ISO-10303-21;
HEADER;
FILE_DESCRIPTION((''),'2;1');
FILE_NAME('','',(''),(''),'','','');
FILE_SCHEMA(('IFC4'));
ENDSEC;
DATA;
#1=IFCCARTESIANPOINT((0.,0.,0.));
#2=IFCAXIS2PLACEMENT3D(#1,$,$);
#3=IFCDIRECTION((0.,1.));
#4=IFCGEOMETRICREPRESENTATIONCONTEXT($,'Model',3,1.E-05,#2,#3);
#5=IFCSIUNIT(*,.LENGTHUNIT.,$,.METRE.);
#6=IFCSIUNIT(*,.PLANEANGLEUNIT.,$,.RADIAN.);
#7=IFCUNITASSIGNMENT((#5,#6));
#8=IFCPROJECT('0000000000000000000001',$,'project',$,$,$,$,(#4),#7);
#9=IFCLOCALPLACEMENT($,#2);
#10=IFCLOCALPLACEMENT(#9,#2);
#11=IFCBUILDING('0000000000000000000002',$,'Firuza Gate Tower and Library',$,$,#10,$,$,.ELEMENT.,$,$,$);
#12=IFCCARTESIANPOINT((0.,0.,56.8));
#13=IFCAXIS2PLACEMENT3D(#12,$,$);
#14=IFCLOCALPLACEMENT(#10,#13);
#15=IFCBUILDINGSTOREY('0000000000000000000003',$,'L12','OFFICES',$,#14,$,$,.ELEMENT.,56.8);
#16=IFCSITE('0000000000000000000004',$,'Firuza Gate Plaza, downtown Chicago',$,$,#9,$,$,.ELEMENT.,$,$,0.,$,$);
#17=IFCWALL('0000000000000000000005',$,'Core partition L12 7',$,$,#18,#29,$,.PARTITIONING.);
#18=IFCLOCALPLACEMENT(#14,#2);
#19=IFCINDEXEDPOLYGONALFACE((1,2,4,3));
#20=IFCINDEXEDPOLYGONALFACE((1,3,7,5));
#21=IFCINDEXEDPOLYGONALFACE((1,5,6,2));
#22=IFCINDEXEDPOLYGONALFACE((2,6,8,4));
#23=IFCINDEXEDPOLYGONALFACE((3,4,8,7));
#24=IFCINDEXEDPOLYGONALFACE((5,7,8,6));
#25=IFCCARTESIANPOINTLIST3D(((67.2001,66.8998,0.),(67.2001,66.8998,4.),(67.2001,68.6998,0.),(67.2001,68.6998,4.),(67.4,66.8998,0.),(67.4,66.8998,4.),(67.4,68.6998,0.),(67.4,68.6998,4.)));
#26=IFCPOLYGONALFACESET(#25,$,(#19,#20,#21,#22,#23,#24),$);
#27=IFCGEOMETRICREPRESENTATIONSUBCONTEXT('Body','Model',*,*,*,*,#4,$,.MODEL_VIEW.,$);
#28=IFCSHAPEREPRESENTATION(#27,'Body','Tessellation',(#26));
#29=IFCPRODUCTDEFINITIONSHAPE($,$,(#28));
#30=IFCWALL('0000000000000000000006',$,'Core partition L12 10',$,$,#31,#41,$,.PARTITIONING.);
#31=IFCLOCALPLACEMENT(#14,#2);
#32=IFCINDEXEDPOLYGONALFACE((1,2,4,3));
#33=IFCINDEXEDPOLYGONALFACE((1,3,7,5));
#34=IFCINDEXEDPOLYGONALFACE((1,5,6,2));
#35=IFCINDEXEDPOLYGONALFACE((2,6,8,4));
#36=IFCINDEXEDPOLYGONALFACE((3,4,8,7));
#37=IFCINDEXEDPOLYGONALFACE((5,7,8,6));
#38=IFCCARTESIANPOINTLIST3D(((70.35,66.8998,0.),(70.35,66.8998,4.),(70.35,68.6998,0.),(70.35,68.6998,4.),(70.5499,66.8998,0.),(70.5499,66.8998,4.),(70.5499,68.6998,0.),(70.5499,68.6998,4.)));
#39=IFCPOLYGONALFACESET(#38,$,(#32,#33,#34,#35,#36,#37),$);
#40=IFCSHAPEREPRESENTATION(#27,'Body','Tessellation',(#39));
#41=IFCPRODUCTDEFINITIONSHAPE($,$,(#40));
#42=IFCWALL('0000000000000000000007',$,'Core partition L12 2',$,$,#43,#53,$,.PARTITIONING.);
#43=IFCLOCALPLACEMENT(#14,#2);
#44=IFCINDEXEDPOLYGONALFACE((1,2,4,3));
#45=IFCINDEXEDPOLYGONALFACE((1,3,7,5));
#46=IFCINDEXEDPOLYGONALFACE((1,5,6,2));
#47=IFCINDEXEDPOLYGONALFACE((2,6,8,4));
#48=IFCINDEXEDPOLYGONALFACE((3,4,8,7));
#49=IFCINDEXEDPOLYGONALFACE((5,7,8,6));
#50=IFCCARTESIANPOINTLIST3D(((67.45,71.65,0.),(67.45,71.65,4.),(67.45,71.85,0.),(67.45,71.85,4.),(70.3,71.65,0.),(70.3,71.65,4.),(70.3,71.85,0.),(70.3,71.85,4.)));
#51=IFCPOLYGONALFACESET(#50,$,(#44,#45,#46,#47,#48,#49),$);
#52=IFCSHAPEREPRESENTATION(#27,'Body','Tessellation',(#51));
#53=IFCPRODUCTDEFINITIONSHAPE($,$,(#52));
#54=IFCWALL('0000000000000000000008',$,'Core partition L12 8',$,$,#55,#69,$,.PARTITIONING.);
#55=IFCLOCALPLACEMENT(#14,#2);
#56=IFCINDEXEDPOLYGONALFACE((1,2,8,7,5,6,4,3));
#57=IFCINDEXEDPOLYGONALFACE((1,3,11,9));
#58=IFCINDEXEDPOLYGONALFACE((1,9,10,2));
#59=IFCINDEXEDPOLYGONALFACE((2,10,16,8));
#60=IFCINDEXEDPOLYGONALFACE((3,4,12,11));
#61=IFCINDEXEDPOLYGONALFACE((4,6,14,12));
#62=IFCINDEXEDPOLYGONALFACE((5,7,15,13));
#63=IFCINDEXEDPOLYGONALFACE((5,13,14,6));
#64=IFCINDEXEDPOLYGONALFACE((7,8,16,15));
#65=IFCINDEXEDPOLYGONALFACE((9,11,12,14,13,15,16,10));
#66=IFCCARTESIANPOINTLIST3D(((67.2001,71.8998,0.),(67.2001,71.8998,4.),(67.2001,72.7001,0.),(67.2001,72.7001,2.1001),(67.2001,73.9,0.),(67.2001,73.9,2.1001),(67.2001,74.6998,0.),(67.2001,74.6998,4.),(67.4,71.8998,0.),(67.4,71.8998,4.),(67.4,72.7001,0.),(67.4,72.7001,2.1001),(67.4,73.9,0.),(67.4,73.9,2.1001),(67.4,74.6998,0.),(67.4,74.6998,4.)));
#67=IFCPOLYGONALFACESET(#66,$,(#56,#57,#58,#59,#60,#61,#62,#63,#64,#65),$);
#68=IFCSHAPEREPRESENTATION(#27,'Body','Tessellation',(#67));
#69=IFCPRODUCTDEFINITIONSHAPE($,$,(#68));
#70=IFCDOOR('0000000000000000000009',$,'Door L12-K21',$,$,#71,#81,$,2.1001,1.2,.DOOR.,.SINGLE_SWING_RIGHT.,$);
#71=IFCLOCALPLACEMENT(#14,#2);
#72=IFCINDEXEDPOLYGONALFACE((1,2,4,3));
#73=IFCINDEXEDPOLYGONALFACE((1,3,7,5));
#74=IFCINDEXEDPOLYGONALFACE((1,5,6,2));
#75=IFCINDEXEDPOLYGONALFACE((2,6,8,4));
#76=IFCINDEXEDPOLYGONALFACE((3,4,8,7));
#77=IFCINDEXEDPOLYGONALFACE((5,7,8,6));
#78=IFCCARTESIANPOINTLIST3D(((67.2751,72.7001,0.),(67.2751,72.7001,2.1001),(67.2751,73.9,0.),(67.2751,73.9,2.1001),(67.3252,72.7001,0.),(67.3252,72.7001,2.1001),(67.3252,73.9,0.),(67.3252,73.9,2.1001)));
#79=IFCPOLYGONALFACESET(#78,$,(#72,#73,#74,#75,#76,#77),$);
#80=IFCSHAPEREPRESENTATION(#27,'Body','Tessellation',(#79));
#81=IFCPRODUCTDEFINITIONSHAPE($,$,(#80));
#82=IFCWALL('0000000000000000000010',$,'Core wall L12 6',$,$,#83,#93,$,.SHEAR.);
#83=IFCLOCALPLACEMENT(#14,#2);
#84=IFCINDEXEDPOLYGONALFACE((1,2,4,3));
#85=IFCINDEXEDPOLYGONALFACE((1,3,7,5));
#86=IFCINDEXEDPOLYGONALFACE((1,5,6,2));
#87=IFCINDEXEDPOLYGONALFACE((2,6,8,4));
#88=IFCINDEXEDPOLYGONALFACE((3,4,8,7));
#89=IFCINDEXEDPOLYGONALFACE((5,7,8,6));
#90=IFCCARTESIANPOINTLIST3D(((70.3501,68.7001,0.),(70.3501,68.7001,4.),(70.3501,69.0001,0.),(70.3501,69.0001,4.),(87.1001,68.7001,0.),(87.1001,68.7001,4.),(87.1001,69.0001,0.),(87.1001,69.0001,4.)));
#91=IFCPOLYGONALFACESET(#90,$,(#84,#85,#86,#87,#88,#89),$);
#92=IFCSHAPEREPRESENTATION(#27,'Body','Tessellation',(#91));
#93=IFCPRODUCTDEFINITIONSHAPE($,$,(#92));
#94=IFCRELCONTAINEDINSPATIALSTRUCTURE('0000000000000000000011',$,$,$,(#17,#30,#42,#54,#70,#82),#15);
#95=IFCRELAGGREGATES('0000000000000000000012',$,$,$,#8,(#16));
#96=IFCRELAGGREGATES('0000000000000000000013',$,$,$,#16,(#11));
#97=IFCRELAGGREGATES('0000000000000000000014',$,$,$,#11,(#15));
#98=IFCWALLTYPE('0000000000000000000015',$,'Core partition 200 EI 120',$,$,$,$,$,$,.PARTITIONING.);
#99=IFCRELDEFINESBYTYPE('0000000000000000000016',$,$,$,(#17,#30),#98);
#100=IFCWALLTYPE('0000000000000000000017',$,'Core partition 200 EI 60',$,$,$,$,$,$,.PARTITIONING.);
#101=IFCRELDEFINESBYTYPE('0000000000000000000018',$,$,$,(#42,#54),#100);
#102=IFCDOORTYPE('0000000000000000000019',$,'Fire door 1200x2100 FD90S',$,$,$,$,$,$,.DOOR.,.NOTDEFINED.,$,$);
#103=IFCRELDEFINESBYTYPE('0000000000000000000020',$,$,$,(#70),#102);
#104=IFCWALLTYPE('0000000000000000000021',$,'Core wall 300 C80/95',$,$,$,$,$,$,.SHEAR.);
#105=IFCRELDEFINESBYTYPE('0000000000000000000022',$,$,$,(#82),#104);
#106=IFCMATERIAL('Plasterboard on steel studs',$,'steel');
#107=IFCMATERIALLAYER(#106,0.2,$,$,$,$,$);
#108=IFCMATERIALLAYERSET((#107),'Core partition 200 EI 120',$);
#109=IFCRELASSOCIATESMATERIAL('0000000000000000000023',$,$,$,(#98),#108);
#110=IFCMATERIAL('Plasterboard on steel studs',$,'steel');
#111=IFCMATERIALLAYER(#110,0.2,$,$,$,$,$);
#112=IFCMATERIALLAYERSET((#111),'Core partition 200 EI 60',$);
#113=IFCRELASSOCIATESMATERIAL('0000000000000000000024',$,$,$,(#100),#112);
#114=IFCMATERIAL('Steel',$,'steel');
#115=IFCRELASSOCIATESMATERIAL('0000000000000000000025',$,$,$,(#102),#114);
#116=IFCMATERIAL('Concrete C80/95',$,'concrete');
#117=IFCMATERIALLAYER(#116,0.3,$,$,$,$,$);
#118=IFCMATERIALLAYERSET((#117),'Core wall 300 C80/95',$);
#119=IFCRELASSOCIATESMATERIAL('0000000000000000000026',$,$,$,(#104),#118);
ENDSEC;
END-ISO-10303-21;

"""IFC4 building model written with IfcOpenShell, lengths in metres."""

from ifc_helpers import new_model, si_unit, direction, frame, frame_2d, origin, place, context, subcontext, project, spatial, rectangle, extrude, material, layer, layer_set, type_object, element, fill, save


model = new_model("IFC4")

# Units and contexts
model_context = context("Model", 3, precision=1e-05, world=origin(), true_north=direction((0.0, 1.0)))
body_context = subcontext(model_context, "Body", "Model", "MODEL_VIEW")
ifc_project = project(units=[si_unit("LENGTHUNIT", "METRE"), si_unit("PLANEANGLEUNIT", "RADIAN")], contexts=[model_context])

# Site, building, storey
site_placement = place(None, origin())
site = spatial("IfcSite", under=ifc_project, at=site_placement, Name="Firuza Gate Plaza, downtown Chicago", CompositionType="ELEMENT", RefElevation=0.0)
building_placement = place(site_placement, origin())
building = spatial("IfcBuilding", under=site, at=building_placement, Name="Firuza Gate Tower and Library", CompositionType="ELEMENT")
storey_placement = place(building_placement, frame((0.0, 0.0, 56.8)))
storey = spatial("IfcBuildingStorey", under=building, at=storey_placement, Name="L12", Description="OFFICES", CompositionType="ELEMENT", Elevation=56.8)

# Walls
ifc_material_1 = material(Name="Plasterboard on steel studs", Category="steel")
ifc_layer_1 = layer(ifc_material_1, 0.2)
ifc_layer_set_1 = layer_set([ifc_layer_1], Name="Core partition 200 EI 120")
wall_type_1 = type_object("IfcWallType", Name="Core partition 200 EI 120", PredefinedType="PARTITIONING", material=ifc_layer_set_1)
for number, where, z_axis, x_axis, name in (
    (1, (67.3, 66.8999, 0.0), (0.0, 0.0, 1.0), (0.0, 1.0, 0.0), "Core partition L12 7"),
    (2, (70.45, 66.8999, 0.0), (0.0, 0.0, 1.0), (0.0, 1.0, 0.0), "Core partition L12 10"),
):
    element("IfcWall", number, at=place(storey_placement, frame(where, z_axis=z_axis, x_axis=x_axis)), inside=storey, type_object=wall_type_1, Name=name, PredefinedType="PARTITIONING", context=body_context, shape_type="SweptSolid", body=[
        extrude(rectangle(XDim=1.8, YDim=0.2, at=frame_2d((0.8999, 0.0))), origin(), (0.0, 0.0, 1.0), 4.0),
    ])
ifc_material_2 = material(Name="Plasterboard on steel studs", Category="steel")
ifc_layer_2 = layer(ifc_material_2, 0.2)
ifc_layer_set_2 = layer_set([ifc_layer_2], Name="Core partition 200 EI 60")
wall_type_2 = type_object("IfcWallType", Name="Core partition 200 EI 60", PredefinedType="PARTITIONING", material=ifc_layer_set_2)
wall_1_placement = place(storey_placement, frame((67.45, 71.75, 0.0), z_axis=(0.0, 0.0, 1.0), x_axis=(1.0, 0.0, 0.0)))
element("IfcWall", 3, at=wall_1_placement, inside=storey, type_object=wall_type_2, Name="Core partition L12 2", PredefinedType="PARTITIONING", context=body_context, shape_type="SweptSolid", body=[
    extrude(rectangle(XDim=2.8501, YDim=0.2, at=frame_2d((1.425, 0.0))), origin(), (0.0, 0.0, 1.0), 4.0),
])

# Wall, opening, door
wall_2_placement = place(storey_placement, frame((67.3, 71.8999, 0.0), z_axis=(0.0, 0.0, 1.0), x_axis=(0.0, 1.0, 0.0)))
wall_2 = element("IfcWall", 4, at=wall_2_placement, inside=storey, type_object=wall_type_2, Name="Core partition L12 8", PredefinedType="PARTITIONING", context=body_context, shape_type="SweptSolid", body=[
    extrude(rectangle(XDim=2.8, YDim=0.2, at=frame_2d((1.3999, 0.0))), origin(), (0.0, 0.0, 1.0), 4.0),
])
opening_1_placement = place(wall_2_placement, frame((0.8, 0.0, 0.0)))
opening_1 = element("IfcOpeningElement", 5, at=opening_1_placement, cuts=wall_2, PredefinedType="OPENING", context=body_context, shape_type="SweptSolid", body=[
    extrude(rectangle(XDim=1.2, YDim=2.1001, at=frame_2d((0.6001, 1.05))), frame((0.0, 0.1099, 0.0), z_axis=(0.0, -1.0, 0.0), x_axis=(1.0, 0.0, 0.0)), (0.0, 0.0, 1.0), 0.22),
])
ifc_material_3 = material(Name="Steel", Category="steel")
door_type_1 = type_object("IfcDoorType", Name="Fire door 1200x2100 FD90S", OperationType="NOTDEFINED", PredefinedType="DOOR", material=ifc_material_3)
door_1_placement = place(opening_1_placement, origin())
door_1 = element("IfcDoor", 6, at=door_1_placement, inside=storey, type_object=door_type_1, Name="Door L12-K21", OperationType="SINGLE_SWING_RIGHT", OverallHeight=2.1001, OverallWidth=1.2, PredefinedType="DOOR", context=body_context, shape_type="SweptSolid", body=[
    extrude(rectangle(XDim=1.2, YDim=2.1001, at=frame_2d((0.6001, 1.05))), frame((0.0, 0.0249, 0.0), z_axis=(0.0, -1.0, 0.0), x_axis=(1.0, 0.0, 0.0)), (0.0, 0.0, 1.0), 0.05),
])
fill(opening_1, door_1)

# Wall
ifc_material_4 = material(Name="Concrete C80/95", Category="concrete")
ifc_layer_3 = layer(ifc_material_4, 0.3)
ifc_layer_set_3 = layer_set([ifc_layer_3], Name="Core wall 300 C80/95")
wall_type_3 = type_object("IfcWallType", Name="Core wall 300 C80/95", PredefinedType="SHEAR", material=ifc_layer_set_3)
wall_3_placement = place(storey_placement, frame((70.3501, 68.8501, 0.0), z_axis=(0.0, 0.0, 1.0), x_axis=(1.0, 0.0, 0.0)))
element("IfcWall", 7, at=wall_3_placement, inside=storey, type_object=wall_type_3, Name="Core wall L12 6", PredefinedType="SHEAR", context=body_context, shape_type="SweptSolid", body=[
    extrude(rectangle(XDim=16.75, YDim=0.3, at=frame_2d((8.375, 0.0))), origin(), (0.0, 0.0, 1.0), 4.0),
])

save(model, "model.ifc")
